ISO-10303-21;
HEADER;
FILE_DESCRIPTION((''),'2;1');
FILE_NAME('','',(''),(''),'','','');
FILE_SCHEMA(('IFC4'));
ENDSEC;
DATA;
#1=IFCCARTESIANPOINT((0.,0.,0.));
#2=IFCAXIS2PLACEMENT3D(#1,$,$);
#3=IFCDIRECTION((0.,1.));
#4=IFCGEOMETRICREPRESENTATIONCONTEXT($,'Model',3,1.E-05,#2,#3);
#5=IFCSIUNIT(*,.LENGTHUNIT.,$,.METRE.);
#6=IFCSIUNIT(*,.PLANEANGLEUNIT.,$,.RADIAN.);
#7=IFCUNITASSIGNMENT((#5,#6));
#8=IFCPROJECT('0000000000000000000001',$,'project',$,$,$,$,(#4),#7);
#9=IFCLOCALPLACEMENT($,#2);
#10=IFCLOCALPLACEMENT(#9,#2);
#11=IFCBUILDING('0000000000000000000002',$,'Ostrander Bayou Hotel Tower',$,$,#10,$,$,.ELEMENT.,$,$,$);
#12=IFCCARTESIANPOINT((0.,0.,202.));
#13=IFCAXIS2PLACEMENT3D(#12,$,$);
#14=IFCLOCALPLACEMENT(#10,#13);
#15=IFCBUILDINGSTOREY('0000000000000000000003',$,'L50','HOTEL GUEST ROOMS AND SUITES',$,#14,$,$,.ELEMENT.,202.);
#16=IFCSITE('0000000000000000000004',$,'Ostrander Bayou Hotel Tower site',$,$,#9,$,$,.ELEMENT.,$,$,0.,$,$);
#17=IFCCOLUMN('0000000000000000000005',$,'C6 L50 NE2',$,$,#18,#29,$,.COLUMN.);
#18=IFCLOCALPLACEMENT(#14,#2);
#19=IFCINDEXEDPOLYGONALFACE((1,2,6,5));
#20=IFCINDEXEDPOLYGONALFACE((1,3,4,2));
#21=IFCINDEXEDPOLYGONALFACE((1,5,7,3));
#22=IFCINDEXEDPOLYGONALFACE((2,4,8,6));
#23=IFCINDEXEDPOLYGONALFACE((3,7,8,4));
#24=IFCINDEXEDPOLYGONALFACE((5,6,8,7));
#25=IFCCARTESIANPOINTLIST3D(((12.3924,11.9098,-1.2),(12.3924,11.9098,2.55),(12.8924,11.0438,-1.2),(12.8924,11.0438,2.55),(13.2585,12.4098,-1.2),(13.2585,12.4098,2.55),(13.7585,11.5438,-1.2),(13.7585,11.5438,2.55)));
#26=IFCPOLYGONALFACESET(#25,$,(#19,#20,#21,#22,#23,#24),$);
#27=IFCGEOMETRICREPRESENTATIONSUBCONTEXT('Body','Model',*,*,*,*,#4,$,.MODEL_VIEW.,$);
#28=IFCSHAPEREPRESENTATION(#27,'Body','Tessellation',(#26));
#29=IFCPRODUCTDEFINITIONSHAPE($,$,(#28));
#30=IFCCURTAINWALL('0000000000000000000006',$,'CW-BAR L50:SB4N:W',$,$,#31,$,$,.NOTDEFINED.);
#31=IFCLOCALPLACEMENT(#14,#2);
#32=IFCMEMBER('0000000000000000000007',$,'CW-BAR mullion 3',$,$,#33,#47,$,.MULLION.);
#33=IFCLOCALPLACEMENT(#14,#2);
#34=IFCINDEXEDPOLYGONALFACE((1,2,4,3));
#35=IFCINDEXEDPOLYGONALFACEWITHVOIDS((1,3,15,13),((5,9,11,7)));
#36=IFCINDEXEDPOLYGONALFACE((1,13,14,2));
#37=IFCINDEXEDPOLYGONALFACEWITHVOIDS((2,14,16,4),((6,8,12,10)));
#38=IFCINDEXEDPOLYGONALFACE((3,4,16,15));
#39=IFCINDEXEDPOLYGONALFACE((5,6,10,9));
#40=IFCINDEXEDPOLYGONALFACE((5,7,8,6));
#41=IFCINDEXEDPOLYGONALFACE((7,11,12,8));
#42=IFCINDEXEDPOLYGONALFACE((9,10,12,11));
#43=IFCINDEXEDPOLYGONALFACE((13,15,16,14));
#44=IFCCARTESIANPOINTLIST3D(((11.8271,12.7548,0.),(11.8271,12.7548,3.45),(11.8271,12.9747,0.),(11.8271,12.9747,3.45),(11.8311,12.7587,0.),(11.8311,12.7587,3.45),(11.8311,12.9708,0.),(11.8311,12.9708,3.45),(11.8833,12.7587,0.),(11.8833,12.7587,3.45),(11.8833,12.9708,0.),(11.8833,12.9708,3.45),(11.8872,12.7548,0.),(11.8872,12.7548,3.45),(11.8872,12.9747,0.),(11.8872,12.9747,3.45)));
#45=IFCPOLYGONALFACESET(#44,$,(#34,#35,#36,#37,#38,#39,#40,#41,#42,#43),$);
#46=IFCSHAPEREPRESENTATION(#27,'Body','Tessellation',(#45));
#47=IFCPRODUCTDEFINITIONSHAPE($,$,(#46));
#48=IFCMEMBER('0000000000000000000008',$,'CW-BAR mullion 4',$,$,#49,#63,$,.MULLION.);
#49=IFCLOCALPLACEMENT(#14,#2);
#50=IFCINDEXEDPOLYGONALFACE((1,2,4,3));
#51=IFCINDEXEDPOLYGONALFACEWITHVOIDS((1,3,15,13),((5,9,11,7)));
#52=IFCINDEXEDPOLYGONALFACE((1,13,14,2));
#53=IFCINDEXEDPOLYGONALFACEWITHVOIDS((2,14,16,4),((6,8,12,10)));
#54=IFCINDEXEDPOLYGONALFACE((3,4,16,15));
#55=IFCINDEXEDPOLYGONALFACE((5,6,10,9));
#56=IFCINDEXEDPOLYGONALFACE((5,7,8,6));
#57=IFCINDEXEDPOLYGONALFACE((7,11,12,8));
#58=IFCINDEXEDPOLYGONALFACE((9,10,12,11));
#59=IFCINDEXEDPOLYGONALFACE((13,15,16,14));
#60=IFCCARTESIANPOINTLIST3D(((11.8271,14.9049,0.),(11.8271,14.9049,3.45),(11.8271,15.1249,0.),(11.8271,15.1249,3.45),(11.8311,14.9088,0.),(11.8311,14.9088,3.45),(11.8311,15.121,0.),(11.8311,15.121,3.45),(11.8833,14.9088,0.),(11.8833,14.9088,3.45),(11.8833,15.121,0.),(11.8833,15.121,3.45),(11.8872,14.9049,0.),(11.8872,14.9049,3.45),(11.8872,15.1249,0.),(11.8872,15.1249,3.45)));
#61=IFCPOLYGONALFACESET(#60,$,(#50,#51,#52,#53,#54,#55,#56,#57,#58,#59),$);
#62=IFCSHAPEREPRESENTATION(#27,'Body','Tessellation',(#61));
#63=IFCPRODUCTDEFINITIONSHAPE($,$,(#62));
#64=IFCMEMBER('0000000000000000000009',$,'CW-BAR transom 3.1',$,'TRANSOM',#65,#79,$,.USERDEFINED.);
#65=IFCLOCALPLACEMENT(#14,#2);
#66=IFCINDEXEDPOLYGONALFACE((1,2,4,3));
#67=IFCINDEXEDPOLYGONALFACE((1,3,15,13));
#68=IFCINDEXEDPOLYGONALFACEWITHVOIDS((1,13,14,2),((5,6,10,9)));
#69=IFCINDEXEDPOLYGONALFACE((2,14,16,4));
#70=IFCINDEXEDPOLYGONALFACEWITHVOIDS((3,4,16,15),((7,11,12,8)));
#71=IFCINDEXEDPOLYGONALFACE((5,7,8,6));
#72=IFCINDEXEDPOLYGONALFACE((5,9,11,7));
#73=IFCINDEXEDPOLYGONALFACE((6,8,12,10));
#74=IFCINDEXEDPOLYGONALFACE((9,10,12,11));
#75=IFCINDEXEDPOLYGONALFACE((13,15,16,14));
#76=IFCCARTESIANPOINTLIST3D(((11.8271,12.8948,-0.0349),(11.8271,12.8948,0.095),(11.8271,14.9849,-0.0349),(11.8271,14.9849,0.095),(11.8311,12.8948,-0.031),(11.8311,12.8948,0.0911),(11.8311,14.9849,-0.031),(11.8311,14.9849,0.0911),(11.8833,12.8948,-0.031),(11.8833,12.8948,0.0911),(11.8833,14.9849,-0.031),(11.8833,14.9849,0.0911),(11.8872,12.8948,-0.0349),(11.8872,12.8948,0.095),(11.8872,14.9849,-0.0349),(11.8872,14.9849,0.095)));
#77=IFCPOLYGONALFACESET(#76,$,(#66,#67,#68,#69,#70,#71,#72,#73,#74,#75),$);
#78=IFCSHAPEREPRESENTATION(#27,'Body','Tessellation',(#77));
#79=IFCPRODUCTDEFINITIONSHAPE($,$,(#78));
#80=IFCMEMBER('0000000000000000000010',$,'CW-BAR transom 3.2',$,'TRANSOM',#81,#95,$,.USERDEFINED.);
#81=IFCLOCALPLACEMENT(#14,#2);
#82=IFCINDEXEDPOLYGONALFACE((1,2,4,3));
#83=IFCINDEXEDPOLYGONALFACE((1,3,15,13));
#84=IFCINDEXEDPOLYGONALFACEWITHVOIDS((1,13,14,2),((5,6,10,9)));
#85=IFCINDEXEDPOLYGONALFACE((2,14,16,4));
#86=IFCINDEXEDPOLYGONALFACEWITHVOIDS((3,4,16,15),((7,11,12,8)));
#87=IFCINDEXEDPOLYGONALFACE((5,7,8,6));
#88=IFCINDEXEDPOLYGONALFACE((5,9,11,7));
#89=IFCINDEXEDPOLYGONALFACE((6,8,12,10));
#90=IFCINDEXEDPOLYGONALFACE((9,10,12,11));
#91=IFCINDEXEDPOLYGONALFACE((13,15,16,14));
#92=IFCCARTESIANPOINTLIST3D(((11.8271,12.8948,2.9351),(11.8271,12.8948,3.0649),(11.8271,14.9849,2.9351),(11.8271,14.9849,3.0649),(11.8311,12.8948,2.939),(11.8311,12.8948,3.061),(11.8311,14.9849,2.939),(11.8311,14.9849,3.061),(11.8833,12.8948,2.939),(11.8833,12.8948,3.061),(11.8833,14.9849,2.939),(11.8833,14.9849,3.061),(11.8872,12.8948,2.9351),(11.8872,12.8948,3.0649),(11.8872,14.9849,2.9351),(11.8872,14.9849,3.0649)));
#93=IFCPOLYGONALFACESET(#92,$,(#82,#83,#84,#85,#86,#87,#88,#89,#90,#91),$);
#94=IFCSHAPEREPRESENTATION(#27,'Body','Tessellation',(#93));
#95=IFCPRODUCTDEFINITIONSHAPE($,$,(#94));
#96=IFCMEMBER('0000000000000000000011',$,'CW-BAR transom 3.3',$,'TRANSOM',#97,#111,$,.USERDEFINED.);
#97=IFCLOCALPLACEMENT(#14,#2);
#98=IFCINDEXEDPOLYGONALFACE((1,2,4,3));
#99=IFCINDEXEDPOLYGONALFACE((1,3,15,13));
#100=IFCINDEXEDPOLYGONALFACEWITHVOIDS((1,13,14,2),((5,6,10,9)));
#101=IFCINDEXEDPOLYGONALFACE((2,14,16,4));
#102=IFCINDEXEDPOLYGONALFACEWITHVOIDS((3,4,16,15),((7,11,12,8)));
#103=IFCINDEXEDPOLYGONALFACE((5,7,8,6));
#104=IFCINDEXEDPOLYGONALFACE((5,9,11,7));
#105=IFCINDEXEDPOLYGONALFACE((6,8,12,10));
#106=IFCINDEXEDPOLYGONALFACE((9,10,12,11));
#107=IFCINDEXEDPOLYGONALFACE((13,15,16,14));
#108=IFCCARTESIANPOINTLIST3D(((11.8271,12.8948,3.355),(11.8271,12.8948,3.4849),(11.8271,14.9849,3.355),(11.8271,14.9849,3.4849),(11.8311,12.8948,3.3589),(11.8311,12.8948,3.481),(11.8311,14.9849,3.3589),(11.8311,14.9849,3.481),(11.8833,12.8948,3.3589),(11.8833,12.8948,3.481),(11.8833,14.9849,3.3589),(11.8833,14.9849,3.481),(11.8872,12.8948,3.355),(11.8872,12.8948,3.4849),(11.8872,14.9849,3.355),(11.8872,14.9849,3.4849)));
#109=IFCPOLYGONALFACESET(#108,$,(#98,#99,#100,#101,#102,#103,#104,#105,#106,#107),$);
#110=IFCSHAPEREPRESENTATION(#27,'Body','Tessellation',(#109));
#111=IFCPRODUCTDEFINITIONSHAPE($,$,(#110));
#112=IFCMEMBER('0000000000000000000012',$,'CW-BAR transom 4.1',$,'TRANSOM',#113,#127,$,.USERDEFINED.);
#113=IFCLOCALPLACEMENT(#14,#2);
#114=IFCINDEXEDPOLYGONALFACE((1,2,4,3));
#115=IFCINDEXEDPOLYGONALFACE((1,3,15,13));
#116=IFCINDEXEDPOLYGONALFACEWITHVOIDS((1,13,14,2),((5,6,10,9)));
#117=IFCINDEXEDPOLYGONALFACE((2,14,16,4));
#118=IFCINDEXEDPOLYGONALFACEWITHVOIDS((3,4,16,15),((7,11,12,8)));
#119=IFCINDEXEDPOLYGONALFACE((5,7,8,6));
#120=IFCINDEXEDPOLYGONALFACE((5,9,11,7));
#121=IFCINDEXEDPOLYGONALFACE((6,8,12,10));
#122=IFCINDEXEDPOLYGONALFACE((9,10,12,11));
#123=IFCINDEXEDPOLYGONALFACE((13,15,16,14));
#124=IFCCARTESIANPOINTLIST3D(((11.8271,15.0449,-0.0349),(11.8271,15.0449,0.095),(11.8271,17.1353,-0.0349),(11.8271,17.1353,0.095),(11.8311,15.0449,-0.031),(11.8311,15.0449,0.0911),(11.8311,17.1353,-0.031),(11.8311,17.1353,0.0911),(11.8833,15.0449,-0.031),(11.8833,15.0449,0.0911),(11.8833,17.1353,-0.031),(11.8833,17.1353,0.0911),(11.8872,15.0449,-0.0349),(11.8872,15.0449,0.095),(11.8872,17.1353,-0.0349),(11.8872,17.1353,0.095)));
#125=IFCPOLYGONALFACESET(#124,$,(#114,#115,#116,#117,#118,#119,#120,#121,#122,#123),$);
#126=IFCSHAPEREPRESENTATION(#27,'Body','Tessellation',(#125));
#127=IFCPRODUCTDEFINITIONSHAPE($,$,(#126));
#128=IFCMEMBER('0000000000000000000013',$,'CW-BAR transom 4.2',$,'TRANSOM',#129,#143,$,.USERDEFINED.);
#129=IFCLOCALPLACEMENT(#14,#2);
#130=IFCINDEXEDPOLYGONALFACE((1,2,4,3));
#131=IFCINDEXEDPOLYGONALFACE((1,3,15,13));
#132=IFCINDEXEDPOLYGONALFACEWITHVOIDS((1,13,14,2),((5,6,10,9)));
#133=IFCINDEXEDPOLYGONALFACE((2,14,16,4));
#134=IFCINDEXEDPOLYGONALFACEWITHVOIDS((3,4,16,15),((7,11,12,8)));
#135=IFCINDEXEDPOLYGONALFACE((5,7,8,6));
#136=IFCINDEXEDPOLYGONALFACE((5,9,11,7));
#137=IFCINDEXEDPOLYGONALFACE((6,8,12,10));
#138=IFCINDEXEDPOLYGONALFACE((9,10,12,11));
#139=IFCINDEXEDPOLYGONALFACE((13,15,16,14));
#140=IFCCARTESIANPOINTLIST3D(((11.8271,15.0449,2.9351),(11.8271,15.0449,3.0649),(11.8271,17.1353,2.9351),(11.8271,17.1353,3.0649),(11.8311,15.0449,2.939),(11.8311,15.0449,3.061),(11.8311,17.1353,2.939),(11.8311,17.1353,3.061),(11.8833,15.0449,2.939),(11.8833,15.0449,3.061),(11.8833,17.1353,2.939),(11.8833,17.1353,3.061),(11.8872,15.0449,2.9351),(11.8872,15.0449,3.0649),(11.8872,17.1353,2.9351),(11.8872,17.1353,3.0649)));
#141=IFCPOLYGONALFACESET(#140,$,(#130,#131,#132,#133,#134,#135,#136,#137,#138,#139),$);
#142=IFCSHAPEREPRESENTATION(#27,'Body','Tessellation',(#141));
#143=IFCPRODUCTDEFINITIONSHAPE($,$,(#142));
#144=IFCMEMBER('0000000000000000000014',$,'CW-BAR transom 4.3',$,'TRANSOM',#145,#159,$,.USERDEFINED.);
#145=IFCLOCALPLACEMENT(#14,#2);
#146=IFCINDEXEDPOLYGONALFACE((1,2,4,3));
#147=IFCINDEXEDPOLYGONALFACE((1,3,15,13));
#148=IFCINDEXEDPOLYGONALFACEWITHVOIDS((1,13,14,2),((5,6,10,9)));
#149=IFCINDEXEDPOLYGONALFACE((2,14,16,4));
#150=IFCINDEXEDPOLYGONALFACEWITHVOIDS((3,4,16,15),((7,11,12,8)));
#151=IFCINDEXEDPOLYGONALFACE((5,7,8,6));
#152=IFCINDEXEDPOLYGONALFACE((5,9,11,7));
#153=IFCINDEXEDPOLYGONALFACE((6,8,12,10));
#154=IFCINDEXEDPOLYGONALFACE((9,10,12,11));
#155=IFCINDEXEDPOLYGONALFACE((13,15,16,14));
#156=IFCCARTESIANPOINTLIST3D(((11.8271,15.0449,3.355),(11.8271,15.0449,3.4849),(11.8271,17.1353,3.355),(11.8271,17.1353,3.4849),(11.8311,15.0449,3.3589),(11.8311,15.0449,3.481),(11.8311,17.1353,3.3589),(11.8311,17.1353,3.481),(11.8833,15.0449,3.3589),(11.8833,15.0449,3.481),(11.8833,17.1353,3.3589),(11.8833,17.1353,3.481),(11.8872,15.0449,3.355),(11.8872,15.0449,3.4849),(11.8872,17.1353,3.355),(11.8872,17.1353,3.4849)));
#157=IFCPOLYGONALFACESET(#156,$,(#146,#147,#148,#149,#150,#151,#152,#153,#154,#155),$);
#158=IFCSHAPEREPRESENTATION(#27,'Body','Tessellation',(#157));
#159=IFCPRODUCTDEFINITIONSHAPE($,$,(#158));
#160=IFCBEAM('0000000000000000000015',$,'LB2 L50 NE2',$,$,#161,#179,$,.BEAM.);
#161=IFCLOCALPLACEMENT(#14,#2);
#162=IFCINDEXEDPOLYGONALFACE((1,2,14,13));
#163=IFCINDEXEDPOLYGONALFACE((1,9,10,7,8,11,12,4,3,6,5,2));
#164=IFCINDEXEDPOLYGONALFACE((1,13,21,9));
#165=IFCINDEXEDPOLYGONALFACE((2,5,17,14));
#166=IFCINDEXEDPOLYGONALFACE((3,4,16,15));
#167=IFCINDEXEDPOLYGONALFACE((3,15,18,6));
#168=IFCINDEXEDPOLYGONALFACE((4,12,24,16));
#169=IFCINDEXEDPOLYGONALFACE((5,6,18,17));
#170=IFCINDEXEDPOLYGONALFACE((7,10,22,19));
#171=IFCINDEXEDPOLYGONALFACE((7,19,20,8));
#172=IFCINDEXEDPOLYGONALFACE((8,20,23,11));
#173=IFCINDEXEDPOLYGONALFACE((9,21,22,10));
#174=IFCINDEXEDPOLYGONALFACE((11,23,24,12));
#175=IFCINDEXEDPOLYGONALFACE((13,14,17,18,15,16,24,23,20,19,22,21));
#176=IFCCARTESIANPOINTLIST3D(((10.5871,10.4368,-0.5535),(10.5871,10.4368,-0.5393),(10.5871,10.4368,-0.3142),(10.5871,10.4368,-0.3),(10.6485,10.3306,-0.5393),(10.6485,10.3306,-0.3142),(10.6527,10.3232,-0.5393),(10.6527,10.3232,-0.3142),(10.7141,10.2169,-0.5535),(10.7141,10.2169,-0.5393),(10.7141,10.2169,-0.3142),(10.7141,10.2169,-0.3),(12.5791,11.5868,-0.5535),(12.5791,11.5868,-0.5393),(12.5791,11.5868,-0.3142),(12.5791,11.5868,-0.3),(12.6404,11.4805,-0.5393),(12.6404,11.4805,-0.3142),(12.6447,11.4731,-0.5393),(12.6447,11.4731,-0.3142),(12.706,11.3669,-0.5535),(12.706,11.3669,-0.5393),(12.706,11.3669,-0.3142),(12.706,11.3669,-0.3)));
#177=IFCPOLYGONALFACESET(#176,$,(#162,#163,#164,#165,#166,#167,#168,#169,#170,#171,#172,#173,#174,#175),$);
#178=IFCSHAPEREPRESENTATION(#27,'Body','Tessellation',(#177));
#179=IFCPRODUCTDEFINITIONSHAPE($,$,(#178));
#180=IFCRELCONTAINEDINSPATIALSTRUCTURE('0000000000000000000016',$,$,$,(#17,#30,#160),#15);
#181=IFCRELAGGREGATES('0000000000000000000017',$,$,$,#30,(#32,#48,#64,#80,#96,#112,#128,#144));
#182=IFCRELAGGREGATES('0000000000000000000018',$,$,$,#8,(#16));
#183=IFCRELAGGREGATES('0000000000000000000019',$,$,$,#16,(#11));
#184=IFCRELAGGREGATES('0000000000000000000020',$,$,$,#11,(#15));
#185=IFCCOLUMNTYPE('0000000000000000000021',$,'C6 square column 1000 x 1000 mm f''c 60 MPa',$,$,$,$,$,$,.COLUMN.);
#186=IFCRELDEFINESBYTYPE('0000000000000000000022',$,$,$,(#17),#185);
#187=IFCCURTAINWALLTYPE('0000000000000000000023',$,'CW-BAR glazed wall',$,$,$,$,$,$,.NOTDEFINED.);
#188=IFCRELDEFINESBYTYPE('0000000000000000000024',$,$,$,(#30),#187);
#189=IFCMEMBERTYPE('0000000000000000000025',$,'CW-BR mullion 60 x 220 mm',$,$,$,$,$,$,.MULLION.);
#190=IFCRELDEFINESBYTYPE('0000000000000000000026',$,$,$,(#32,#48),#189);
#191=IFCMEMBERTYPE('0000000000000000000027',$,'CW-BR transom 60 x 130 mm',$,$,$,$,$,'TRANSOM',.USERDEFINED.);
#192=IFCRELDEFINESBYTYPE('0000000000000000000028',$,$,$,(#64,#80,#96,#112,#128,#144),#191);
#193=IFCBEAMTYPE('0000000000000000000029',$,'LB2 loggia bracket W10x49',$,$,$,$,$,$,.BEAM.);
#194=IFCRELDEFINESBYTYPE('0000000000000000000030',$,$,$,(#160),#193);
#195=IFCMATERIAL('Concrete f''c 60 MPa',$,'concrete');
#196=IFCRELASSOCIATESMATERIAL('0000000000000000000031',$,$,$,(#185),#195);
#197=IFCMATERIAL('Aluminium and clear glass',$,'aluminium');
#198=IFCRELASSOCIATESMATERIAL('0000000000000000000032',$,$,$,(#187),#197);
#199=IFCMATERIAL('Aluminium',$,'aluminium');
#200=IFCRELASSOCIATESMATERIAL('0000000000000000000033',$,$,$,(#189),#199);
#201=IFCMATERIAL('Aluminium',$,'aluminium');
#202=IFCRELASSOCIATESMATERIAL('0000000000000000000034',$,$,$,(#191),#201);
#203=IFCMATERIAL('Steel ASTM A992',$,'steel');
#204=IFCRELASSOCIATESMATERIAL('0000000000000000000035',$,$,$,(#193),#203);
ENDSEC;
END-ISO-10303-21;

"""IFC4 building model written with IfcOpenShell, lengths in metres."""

from ifc_helpers import new_model, si_unit, direction, frame, origin, origin_2d, place, context, subcontext, project, spatial, rectangle, hollow_rectangle, i_section, extrude, material, material_profile, profile_set, type_object, element, aggregate, save


model = new_model("IFC4")

# Units and contexts
model_context = context("Model", 3, precision=1e-05, world=origin(), true_north=direction((0.0, 1.0)))
body_context = subcontext(model_context, "Body", "Model", "MODEL_VIEW")
ifc_project = project(units=[si_unit("LENGTHUNIT", "METRE"), si_unit("PLANEANGLEUNIT", "RADIAN")], contexts=[model_context])

# Site, building, storey
site_placement = place(None, origin())
site = spatial("IfcSite", under=ifc_project, at=site_placement, Name="Ostrander Bayou Hotel Tower site", CompositionType="ELEMENT", RefElevation=0.0)
building_placement = place(site_placement, origin())
building = spatial("IfcBuilding", under=site, at=building_placement, Name="Ostrander Bayou Hotel Tower", CompositionType="ELEMENT")
storey_placement = place(building_placement, frame((0.0, 0.0, 202.0)))
storey = spatial("IfcBuildingStorey", under=building, at=storey_placement, Name="L50", Description="HOTEL GUEST ROOMS AND SUITES", CompositionType="ELEMENT", Elevation=202.0)

# Column
ifc_material_1 = material(Name="Concrete f'c 60 MPa", Category="concrete")
ifc_material_profile_1 = material_profile(ifc_material_1, rectangle(XDim=1.0, YDim=1.0, at=origin_2d()))
ifc_profile_set_1 = profile_set([ifc_material_profile_1], Name="Concrete f'c 60 MPa")
column_type = type_object("IfcColumnType", Name="C6 square column 1000 x 1000 mm f'c 60 MPa", PredefinedType="COLUMN", material=ifc_profile_set_1)
column_placement = place(storey_placement, frame((13.0754, 11.7268, -1.2), z_axis=(0.0, 0.0, 1.0), x_axis=(0.5, -0.866025, 0.0)))
element("IfcColumn", 1, at=column_placement, inside=storey, type_object=column_type, Name="C6 L50 NE2", PredefinedType="COLUMN", context=body_context, shape_type="SweptSolid", body=[
    extrude(rectangle(XDim=1.0, YDim=1.0, at=origin_2d()), origin(), (0.0, 0.0, 1.0), 3.75),
])

# Curtain wall, members
ifc_material_2 = material(Name="Aluminium and clear glass", Category="aluminium")
curtain_wall_type = type_object("IfcCurtainWallType", Name="CW-BAR glazed wall", PredefinedType="NOTDEFINED", material=ifc_material_2)
curtain_wall_placement = place(storey_placement, origin())
curtain_wall = element("IfcCurtainWall", 2, at=curtain_wall_placement, inside=storey, type_object=curtain_wall_type, Name="CW-BAR L50:SB4N:W", PredefinedType="NOTDEFINED")
ifc_material_3 = material(Name="Aluminium", Category="aluminium")
ifc_material_profile_2 = material_profile(ifc_material_3, hollow_rectangle(XDim=0.0601, YDim=0.22, WallThickness=0.0039, at=origin_2d()))
ifc_profile_set_2 = profile_set([ifc_material_profile_2], Name="Aluminium")
member_type_1 = type_object("IfcMemberType", Name="CW-BR mullion 60 x 220 mm", PredefinedType="MULLION", material=ifc_profile_set_2)
member_1_placement = place(storey_placement, frame((11.8572, 12.8647, 0.0), z_axis=(0.0, 0.0, 1.0), x_axis=(-1.0, 0.0, 0.0)))
member_1 = element("IfcMember", 3, at=member_1_placement, type_object=member_type_1, Name="CW-BAR mullion 3", PredefinedType="MULLION", context=body_context, shape_type="SweptSolid", body=[
    extrude(hollow_rectangle(XDim=0.0601, YDim=0.22, WallThickness=0.0039, at=origin_2d()), origin(), (0.0, 0.0, 1.0), 3.45),
])
member_2_placement = place(storey_placement, frame((11.8572, 15.0149, 0.0), z_axis=(0.0, 0.0, 1.0), x_axis=(-1.0, 0.0, 0.0)))
member_2 = element("IfcMember", 4, at=member_2_placement, type_object=member_type_1, Name="CW-BAR mullion 4", PredefinedType="MULLION", context=body_context, shape_type="SweptSolid", body=[
    extrude(hollow_rectangle(XDim=0.0601, YDim=0.22, WallThickness=0.0039, at=origin_2d()), origin(), (0.0, 0.0, 1.0), 3.45),
])
ifc_material_4 = material(Name="Aluminium", Category="aluminium")
ifc_material_profile_3 = material_profile(ifc_material_4, hollow_rectangle(XDim=0.0601, YDim=0.1299, WallThickness=0.0039, at=origin_2d()))
ifc_profile_set_3 = profile_set([ifc_material_profile_3], Name="Aluminium")
member_type_2 = type_object("IfcMemberType", Name="CW-BR transom 60 x 130 mm", ElementType="TRANSOM", PredefinedType="USERDEFINED", material=ifc_profile_set_3)
member_3_placement = place(storey_placement, frame((11.8572, 12.8948, 0.03), z_axis=(0.0, 1.0, 0.0), x_axis=(-1.0, 0.0, 0.0)))
member_3 = element("IfcMember", 5, at=member_3_placement, type_object=member_type_2, Name="CW-BAR transom 3.1", ObjectType="TRANSOM", PredefinedType="USERDEFINED", context=body_context, shape_type="SweptSolid", body=[
    extrude(hollow_rectangle(XDim=0.0601, YDim=0.1299, WallThickness=0.0039, at=origin_2d()), origin(), (0.0, 0.0, 1.0), 2.0901),
])
member_4_placement = place(storey_placement, frame((11.8572, 12.8948, 3.0), z_axis=(0.0, 1.0, 0.0), x_axis=(-1.0, 0.0, 0.0)))
member_4 = element("IfcMember", 6, at=member_4_placement, type_object=member_type_2, Name="CW-BAR transom 3.2", ObjectType="TRANSOM", PredefinedType="USERDEFINED", context=body_context, shape_type="SweptSolid", body=[
    extrude(hollow_rectangle(XDim=0.0601, YDim=0.1299, WallThickness=0.0039, at=origin_2d()), origin(), (0.0, 0.0, 1.0), 2.0901),
])
member_5_placement = place(storey_placement, frame((11.8572, 12.8948, 3.4199), z_axis=(0.0, 1.0, 0.0), x_axis=(-1.0, 0.0, 0.0)))
member_5 = element("IfcMember", 7, at=member_5_placement, type_object=member_type_2, Name="CW-BAR transom 3.3", ObjectType="TRANSOM", PredefinedType="USERDEFINED", context=body_context, shape_type="SweptSolid", body=[
    extrude(hollow_rectangle(XDim=0.0601, YDim=0.1299, WallThickness=0.0039, at=origin_2d()), origin(), (0.0, 0.0, 1.0), 2.0901),
])
member_6_placement = place(storey_placement, frame((11.8572, 15.0449, 0.03), z_axis=(0.0, 1.0, 0.0), x_axis=(-1.0, 0.0, 0.0)))
member_6 = element("IfcMember", 8, at=member_6_placement, type_object=member_type_2, Name="CW-BAR transom 4.1", ObjectType="TRANSOM", PredefinedType="USERDEFINED", context=body_context, shape_type="SweptSolid", body=[
    extrude(hollow_rectangle(XDim=0.0601, YDim=0.1299, WallThickness=0.0039, at=origin_2d()), origin(), (0.0, 0.0, 1.0), 2.0903),
])
member_7_placement = place(storey_placement, frame((11.8572, 15.0449, 3.0), z_axis=(0.0, 1.0, 0.0), x_axis=(-1.0, 0.0, 0.0)))
member_7 = element("IfcMember", 9, at=member_7_placement, type_object=member_type_2, Name="CW-BAR transom 4.2", ObjectType="TRANSOM", PredefinedType="USERDEFINED", context=body_context, shape_type="SweptSolid", body=[
    extrude(hollow_rectangle(XDim=0.0601, YDim=0.1299, WallThickness=0.0039, at=origin_2d()), origin(), (0.0, 0.0, 1.0), 2.0903),
])
member_8_placement = place(storey_placement, frame((11.8572, 15.0449, 3.4199), z_axis=(0.0, 1.0, 0.0), x_axis=(-1.0, 0.0, 0.0)))
member_8 = element("IfcMember", 10, at=member_8_placement, type_object=member_type_2, Name="CW-BAR transom 4.3", ObjectType="TRANSOM", PredefinedType="USERDEFINED", context=body_context, shape_type="SweptSolid", body=[
    extrude(hollow_rectangle(XDim=0.0601, YDim=0.1299, WallThickness=0.0039, at=origin_2d()), origin(), (0.0, 0.0, 1.0), 2.0903),
])

# Beam
ifc_material_5 = material(Name="Steel ASTM A992", Category="steel")
ifc_material_profile_4 = material_profile(ifc_material_5, i_section(OverallWidth=0.2539, OverallDepth=0.2534, WebThickness=0.0085, FlangeThickness=0.0142, at=origin_2d()))
ifc_profile_set_4 = profile_set([ifc_material_profile_4], Name="Steel ASTM A992")
beam_type_1 = type_object("IfcBeamType", Name="LB2 loggia bracket W10x49", PredefinedType="BEAM", material=ifc_profile_set_4)
beam_1_placement = place(storey_placement, frame((12.6426, 11.4768, -0.4268), z_axis=(-0.866053, -0.499952, 0.0), x_axis=(0.499952, -0.866053, 0.0)))
element("IfcBeam", 11, at=beam_1_placement, inside=storey, type_object=beam_type_1, Name="LB2 L50 NE2", PredefinedType="BEAM", context=body_context, shape_type="SweptSolid", body=[
    extrude(i_section(OverallWidth=0.2539, OverallDepth=0.2534, WebThickness=0.0085, FlangeThickness=0.0142, at=origin_2d()), origin(), (0.0, 0.0, 1.0), 2.3),
])

aggregate(curtain_wall, [member_1, member_2, member_3, member_4, member_5, member_6, member_7, member_8])

save(model, "model.ifc")
